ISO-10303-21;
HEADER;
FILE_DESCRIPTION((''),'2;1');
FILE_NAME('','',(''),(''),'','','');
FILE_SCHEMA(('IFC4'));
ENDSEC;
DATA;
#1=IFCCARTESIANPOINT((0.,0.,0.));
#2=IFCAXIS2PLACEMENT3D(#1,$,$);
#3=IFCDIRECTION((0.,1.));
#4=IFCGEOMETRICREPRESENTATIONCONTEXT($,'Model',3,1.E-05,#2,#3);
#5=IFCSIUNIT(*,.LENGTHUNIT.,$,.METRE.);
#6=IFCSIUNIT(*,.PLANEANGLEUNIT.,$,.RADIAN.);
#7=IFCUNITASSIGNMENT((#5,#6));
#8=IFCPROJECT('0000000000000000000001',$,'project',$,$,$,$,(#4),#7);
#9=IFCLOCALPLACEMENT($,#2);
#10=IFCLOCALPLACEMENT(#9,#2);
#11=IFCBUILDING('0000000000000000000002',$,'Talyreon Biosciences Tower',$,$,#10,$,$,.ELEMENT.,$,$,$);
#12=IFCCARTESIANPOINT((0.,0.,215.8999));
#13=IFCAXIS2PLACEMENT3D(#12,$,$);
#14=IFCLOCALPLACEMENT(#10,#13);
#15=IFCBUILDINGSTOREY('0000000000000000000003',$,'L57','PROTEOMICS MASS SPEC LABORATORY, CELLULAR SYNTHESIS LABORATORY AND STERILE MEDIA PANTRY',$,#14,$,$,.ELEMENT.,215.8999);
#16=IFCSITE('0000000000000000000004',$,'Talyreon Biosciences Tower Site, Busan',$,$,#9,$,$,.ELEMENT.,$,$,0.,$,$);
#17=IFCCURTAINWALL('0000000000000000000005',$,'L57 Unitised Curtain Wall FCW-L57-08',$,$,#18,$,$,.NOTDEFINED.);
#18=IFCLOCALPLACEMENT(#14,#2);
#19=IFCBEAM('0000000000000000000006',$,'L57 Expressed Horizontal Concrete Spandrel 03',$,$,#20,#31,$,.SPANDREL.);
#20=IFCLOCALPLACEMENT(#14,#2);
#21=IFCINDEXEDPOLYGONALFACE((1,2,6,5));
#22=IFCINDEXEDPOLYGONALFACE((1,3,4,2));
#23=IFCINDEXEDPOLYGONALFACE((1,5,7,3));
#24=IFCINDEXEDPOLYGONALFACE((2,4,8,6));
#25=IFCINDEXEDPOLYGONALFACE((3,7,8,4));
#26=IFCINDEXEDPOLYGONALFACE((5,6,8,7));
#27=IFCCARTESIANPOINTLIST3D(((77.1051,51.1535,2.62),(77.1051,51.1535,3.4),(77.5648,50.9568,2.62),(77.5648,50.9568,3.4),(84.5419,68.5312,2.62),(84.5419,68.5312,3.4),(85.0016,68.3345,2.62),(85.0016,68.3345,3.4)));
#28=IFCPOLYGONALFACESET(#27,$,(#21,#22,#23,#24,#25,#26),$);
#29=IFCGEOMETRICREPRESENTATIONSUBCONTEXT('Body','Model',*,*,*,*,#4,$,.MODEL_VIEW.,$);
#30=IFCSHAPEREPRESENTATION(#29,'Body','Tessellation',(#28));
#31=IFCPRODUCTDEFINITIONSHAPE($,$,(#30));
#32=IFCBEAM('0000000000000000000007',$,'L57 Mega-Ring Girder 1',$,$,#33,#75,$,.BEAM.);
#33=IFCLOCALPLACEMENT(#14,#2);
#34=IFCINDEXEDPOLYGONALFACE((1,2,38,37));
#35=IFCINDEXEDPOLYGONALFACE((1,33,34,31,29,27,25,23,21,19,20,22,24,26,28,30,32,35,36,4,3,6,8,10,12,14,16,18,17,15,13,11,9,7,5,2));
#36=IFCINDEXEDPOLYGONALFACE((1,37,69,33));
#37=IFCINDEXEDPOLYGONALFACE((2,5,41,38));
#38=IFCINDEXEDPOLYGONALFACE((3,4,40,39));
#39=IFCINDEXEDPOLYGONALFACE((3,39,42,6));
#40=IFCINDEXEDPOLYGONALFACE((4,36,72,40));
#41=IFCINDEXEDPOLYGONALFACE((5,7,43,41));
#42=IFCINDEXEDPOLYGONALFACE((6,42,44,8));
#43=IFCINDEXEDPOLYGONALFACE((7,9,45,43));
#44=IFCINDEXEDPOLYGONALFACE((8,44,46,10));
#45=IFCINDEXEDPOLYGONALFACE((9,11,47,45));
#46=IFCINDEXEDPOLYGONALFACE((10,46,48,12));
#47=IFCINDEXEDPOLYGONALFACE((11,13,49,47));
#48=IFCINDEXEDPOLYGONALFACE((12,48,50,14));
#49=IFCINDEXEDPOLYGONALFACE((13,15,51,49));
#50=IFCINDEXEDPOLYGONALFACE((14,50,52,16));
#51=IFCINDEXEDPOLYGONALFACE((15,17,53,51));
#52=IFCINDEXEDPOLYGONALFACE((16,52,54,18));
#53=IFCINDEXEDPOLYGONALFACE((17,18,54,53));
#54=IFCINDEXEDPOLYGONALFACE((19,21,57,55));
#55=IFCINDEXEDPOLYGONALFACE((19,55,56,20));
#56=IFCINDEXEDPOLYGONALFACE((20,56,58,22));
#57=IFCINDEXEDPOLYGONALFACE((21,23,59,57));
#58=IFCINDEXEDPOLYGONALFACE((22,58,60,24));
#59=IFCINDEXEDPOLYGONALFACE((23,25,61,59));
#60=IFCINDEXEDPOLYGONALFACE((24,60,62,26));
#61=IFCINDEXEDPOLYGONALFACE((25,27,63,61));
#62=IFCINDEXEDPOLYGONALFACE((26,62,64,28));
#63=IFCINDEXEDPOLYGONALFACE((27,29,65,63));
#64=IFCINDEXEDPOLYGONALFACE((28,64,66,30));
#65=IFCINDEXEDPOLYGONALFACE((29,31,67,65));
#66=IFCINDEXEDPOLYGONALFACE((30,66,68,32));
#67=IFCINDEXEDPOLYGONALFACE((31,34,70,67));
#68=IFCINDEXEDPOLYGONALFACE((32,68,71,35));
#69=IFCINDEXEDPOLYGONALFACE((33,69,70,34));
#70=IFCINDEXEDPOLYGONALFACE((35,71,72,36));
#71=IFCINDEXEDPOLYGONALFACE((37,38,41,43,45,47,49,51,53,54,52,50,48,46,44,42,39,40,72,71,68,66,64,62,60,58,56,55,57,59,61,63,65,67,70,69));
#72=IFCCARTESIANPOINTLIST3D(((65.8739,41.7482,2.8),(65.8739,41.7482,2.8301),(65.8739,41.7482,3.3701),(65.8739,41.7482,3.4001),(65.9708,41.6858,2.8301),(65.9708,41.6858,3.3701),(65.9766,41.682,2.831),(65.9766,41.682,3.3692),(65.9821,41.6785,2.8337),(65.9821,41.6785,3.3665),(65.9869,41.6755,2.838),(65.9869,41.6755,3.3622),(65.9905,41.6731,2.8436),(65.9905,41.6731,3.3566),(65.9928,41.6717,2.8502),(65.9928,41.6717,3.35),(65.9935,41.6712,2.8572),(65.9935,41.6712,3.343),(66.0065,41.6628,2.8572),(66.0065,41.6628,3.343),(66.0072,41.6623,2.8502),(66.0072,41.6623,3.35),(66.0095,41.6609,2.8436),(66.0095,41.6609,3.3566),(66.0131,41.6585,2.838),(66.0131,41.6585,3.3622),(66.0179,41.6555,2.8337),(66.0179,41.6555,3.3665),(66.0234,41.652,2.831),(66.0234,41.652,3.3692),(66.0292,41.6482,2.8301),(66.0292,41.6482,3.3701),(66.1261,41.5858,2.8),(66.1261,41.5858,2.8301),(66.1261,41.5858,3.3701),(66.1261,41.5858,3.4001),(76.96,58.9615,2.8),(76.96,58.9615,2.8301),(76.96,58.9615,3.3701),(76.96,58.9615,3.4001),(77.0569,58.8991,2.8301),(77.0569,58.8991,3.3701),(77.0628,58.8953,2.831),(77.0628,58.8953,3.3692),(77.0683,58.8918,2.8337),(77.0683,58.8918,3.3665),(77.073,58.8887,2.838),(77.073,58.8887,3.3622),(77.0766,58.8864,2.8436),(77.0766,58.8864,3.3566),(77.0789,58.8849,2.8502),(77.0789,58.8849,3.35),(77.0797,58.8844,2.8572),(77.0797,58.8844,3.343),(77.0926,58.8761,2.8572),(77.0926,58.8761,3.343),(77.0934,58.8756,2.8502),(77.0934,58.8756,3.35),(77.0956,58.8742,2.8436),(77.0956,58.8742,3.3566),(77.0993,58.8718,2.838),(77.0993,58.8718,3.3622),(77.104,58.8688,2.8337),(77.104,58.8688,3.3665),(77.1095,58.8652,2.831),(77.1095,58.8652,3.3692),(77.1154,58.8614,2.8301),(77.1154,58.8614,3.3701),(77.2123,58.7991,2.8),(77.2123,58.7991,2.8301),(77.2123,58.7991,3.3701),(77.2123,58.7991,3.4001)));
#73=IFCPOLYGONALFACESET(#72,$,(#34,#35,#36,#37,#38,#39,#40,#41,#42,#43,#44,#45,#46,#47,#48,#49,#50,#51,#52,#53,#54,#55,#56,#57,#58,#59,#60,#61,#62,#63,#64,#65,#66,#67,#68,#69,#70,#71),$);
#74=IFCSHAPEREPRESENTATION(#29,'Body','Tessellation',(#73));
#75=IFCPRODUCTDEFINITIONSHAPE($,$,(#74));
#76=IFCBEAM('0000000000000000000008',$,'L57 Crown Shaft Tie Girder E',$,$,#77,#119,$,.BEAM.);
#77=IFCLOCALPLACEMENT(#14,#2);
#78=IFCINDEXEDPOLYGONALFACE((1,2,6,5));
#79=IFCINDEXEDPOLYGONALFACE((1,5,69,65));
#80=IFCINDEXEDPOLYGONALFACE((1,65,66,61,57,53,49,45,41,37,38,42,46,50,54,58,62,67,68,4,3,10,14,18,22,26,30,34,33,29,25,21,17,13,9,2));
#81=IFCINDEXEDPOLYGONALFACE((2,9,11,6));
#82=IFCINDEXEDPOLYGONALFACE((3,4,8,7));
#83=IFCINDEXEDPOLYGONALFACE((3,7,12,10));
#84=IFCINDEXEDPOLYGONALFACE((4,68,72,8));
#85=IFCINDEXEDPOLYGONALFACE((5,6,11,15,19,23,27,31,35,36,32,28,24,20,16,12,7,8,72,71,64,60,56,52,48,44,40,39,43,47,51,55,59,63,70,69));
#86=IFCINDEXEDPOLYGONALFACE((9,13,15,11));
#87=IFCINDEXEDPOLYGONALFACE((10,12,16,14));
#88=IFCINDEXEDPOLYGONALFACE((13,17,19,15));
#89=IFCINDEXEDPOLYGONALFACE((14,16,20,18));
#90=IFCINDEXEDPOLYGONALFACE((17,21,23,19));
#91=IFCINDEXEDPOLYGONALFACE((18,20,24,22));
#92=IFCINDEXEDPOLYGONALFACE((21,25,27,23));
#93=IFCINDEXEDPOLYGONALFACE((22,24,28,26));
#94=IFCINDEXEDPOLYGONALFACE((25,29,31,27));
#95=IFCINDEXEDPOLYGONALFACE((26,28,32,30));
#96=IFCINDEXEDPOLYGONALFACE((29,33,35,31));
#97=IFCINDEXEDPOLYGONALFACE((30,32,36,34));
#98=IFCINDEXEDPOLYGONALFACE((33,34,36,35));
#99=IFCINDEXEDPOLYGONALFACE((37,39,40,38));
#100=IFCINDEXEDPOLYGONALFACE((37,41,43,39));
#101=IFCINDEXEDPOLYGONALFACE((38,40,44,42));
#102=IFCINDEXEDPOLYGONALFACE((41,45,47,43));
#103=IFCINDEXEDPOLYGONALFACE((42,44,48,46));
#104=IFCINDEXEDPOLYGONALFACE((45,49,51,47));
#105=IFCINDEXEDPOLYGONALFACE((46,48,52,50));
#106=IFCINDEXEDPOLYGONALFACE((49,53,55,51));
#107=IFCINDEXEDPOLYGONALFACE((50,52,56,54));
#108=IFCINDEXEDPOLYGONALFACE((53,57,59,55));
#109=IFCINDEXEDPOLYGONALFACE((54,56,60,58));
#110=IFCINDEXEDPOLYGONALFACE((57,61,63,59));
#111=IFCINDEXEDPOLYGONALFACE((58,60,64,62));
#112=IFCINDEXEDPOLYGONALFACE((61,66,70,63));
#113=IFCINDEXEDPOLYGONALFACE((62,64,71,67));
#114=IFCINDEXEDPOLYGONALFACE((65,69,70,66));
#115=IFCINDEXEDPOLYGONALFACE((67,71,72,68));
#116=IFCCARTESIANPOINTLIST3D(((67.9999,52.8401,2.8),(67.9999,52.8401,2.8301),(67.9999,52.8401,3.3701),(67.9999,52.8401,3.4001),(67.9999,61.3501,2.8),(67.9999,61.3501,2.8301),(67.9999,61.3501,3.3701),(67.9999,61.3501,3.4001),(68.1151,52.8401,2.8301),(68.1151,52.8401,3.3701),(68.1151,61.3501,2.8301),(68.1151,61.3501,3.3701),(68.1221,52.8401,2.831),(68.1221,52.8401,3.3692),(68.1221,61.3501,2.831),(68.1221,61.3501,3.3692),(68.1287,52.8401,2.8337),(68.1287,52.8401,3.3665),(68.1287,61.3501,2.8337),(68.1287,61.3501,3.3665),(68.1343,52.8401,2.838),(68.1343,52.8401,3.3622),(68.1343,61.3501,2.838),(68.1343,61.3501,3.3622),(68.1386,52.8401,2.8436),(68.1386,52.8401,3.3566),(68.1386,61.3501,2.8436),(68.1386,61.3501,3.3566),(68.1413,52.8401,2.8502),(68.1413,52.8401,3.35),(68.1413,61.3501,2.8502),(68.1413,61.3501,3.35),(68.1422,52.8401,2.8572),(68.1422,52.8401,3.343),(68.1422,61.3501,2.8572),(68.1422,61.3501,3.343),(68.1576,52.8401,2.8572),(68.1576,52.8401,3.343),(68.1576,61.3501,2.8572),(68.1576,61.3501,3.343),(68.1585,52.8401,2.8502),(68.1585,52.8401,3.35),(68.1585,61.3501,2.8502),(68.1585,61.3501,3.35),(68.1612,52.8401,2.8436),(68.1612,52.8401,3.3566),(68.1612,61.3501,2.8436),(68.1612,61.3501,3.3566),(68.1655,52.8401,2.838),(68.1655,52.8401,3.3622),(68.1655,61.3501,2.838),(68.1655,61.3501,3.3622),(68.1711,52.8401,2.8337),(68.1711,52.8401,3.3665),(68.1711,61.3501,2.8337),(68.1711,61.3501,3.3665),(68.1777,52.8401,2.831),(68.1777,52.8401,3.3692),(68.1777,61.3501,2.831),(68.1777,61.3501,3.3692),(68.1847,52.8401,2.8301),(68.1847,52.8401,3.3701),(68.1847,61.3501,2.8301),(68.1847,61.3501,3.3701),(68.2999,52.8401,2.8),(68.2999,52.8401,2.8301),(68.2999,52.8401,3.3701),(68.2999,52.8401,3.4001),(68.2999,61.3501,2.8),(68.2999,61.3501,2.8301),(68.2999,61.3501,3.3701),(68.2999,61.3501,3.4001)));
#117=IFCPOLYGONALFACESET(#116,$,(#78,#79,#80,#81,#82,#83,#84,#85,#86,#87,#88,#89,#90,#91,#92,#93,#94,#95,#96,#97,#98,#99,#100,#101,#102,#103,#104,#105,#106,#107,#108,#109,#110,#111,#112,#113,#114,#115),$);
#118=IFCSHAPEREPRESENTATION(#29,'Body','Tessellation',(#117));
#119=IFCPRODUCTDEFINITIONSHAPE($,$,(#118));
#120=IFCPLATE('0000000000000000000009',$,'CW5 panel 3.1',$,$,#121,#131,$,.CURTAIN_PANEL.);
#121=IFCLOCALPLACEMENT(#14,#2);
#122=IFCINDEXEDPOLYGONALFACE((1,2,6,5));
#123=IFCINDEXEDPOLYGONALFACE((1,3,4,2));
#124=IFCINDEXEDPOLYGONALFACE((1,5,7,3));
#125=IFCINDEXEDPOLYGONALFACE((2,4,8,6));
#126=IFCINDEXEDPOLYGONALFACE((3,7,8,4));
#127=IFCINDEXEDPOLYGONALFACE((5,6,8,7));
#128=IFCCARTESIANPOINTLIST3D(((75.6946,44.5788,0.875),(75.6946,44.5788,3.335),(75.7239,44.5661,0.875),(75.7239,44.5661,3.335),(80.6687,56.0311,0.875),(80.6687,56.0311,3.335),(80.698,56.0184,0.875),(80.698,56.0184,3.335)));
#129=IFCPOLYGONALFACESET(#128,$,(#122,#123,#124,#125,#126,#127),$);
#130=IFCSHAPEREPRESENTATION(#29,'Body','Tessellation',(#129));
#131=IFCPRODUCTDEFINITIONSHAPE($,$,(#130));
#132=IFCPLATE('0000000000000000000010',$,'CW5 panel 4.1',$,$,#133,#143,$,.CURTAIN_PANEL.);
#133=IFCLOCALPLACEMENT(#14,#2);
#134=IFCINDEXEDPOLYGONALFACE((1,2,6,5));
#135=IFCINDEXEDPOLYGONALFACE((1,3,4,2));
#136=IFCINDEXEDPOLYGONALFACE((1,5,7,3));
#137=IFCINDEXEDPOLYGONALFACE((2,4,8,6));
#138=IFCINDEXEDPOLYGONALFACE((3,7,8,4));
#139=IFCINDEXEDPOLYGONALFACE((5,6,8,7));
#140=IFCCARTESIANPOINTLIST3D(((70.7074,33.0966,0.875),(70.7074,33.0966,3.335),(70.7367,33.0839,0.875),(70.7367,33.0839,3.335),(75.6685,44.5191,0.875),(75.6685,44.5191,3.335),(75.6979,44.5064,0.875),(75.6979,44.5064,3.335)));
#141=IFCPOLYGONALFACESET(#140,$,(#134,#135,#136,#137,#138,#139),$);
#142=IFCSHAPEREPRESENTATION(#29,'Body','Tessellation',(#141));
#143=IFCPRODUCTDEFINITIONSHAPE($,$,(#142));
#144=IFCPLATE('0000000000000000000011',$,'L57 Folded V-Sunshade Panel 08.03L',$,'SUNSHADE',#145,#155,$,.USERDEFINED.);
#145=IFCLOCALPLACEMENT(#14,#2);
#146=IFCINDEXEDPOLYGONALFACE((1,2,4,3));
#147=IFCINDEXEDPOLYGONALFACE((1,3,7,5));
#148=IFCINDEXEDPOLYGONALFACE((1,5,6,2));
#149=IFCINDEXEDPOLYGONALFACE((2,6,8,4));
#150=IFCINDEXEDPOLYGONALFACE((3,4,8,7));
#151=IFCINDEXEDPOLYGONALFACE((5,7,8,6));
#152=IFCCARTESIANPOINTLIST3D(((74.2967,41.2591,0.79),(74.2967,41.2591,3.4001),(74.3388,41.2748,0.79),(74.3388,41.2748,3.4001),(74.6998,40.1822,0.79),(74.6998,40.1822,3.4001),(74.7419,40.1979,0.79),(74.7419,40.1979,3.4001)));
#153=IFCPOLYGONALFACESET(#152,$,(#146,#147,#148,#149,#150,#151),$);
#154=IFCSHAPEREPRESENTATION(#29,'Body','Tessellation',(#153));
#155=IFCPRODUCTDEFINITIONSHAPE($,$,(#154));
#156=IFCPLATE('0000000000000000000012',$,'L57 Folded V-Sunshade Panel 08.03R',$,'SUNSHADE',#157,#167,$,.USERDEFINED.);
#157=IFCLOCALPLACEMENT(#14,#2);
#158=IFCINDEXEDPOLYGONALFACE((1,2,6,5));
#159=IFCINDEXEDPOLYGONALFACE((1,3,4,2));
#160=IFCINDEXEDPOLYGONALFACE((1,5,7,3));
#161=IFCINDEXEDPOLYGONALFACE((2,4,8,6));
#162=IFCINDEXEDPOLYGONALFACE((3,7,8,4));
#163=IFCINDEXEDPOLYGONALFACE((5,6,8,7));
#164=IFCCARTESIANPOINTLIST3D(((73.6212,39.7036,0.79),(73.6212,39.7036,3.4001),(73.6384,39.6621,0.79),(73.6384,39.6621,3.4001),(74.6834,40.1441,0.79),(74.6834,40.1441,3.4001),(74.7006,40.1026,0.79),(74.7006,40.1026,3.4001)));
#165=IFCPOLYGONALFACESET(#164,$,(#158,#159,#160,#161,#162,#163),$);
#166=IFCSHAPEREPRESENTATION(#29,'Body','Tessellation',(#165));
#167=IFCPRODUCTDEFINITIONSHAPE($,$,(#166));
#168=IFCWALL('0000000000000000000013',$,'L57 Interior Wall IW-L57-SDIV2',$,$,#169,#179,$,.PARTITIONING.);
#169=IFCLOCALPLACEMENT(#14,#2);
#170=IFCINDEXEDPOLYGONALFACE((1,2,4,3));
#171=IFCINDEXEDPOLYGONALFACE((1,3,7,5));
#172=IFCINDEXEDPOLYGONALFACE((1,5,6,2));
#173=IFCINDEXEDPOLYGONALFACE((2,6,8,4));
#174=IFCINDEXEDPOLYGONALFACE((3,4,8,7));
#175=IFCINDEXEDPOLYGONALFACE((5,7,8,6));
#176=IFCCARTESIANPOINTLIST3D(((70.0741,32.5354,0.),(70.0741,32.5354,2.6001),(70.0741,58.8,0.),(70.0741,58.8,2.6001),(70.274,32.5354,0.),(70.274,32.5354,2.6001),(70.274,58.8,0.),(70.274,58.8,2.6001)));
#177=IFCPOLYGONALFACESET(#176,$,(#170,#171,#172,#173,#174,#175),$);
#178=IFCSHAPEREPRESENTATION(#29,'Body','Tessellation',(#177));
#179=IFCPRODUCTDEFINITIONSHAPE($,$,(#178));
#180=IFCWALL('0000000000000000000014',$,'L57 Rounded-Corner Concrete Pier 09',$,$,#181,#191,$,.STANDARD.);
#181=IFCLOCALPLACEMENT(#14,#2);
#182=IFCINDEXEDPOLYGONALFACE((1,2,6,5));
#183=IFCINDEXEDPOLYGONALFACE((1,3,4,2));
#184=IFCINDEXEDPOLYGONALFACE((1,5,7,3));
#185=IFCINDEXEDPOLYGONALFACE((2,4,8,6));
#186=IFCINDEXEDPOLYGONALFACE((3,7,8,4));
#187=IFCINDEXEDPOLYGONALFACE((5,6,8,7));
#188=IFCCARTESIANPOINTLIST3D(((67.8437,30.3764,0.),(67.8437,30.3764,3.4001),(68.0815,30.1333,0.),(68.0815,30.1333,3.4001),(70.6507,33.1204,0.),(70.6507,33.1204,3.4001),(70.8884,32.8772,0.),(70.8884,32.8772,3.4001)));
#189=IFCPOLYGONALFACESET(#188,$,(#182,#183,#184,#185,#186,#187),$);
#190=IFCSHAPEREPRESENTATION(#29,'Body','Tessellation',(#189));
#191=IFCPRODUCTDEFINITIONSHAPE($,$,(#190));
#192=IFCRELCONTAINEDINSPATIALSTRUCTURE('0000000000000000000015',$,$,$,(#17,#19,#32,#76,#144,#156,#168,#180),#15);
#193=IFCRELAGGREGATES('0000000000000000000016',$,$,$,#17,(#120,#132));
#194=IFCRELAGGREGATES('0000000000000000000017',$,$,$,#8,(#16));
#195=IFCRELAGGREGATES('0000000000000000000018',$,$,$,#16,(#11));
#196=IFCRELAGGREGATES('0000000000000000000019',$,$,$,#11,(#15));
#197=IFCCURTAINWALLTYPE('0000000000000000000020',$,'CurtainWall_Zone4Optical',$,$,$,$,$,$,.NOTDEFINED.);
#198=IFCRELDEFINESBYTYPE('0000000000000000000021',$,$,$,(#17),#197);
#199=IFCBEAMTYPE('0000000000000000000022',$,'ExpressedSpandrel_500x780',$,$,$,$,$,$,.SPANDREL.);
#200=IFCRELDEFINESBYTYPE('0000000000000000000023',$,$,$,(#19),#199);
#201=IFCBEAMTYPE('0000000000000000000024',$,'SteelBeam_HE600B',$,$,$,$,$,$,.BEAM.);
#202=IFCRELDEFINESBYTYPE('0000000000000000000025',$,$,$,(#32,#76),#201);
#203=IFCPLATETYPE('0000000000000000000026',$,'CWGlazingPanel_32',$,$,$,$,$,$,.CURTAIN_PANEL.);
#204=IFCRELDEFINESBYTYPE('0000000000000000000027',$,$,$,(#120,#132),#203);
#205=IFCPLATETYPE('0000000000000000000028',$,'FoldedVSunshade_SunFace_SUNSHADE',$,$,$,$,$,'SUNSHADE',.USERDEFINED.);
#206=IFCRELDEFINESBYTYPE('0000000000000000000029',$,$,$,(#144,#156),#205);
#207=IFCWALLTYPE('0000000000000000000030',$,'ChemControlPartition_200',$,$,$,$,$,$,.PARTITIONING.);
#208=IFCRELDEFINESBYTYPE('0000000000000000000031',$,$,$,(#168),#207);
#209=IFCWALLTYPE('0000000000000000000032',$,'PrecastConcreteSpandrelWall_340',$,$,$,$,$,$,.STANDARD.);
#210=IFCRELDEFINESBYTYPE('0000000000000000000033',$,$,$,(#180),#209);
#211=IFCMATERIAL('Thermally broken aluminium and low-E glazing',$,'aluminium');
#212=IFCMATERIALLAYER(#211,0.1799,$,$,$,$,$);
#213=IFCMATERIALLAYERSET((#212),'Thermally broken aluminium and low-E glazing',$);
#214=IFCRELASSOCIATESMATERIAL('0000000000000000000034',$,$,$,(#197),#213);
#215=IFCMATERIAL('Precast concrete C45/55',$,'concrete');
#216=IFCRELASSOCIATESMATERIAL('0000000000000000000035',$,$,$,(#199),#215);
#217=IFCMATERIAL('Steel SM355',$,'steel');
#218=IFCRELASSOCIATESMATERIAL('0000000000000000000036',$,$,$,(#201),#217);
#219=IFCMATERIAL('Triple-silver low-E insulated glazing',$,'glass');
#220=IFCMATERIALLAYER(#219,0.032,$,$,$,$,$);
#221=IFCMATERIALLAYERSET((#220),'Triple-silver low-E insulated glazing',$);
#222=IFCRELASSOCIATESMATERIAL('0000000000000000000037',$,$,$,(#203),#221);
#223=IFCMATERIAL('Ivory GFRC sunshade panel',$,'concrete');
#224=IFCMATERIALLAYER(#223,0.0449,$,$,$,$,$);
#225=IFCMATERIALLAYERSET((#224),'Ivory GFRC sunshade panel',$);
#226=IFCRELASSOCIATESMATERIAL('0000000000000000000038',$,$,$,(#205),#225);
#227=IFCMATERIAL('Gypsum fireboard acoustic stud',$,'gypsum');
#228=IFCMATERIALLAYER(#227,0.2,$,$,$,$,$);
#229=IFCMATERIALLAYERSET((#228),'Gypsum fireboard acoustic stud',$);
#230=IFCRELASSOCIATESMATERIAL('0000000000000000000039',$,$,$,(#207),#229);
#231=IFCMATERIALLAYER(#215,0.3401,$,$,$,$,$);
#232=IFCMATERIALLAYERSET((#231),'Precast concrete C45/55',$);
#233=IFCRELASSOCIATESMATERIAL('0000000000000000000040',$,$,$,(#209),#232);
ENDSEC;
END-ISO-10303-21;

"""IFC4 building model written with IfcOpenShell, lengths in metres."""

from ifc_helpers import new_model, si_unit, direction, frame, frame_2d, origin, origin_2d, place, context, subcontext, project, spatial, rectangle, i_section, extrude, material, layer, layer_set, material_profile, profile_set, type_object, element, aggregate, save


model = new_model("IFC4")

# Units and contexts
model_context = context("Model", 3, precision=1e-05, world=origin(), true_north=direction((0.0, 1.0)))
body_context = subcontext(model_context, "Body", "Model", "MODEL_VIEW")
ifc_project = project(units=[si_unit("LENGTHUNIT", "METRE"), si_unit("PLANEANGLEUNIT", "RADIAN")], contexts=[model_context])

# Site, building, storey
site_placement = place(None, origin())
site = spatial("IfcSite", under=ifc_project, at=site_placement, Name="Talyreon Biosciences Tower Site, Busan", CompositionType="ELEMENT", RefElevation=0.0)
building_placement = place(site_placement, origin())
building = spatial("IfcBuilding", under=site, at=building_placement, Name="Talyreon Biosciences Tower", CompositionType="ELEMENT")
storey_placement = place(building_placement, frame((0.0, 0.0, 215.8999)))
storey = spatial("IfcBuildingStorey", under=building, at=storey_placement, Name="L57", Description="PROTEOMICS MASS SPEC LABORATORY, CELLULAR SYNTHESIS LABORATORY AND STERILE MEDIA PANTRY", CompositionType="ELEMENT", Elevation=215.8999)

# Shared definitions
ifc_material_1 = material(Name="Precast concrete C45/55", Category="concrete")

# Curtain wall
ifc_material_2 = material(Name="Thermally broken aluminium and low-E glazing", Category="aluminium")
ifc_layer_1 = layer(ifc_material_2, 0.1799)
ifc_layer_set_1 = layer_set([ifc_layer_1], Name="Thermally broken aluminium and low-E glazing")
curtain_wall_type = type_object("IfcCurtainWallType", Name="CurtainWall_Zone4Optical", PredefinedType="NOTDEFINED", material=ifc_layer_set_1)
curtain_wall_placement = place(storey_placement, origin())
curtain_wall = element("IfcCurtainWall", 1, at=curtain_wall_placement, inside=storey, type_object=curtain_wall_type, Name="L57 Unitised Curtain Wall FCW-L57-08", PredefinedType="NOTDEFINED")

# Beams
ifc_material_profile_1 = material_profile(ifc_material_1, rectangle(XDim=0.5, YDim=0.78, at=origin_2d()), Name="RCB 500x780")
ifc_profile_set_1 = profile_set([ifc_material_profile_1], Name="Precast concrete C45/55")
beam_type_1 = type_object("IfcBeamType", Name="ExpressedSpandrel_500x780", PredefinedType="SPANDREL", material=ifc_profile_set_1)
beam_1_placement = place(storey_placement, frame((77.335, 51.0552, 3.01), z_axis=(0.393436, 0.919352, 0.0), x_axis=(-0.919352, 0.393436, 0.0)))
element("IfcBeam", 2, at=beam_1_placement, inside=storey, type_object=beam_type_1, Name="L57 Expressed Horizontal Concrete Spandrel 03", PredefinedType="SPANDREL", context=body_context, shape_type="SweptSolid", body=[
    extrude(rectangle(XDim=0.5, YDim=0.78, at=origin_2d()), origin(), (0.0, 0.0, 1.0), 18.9021),
])
ifc_material_3 = material(Name="Steel SM355", Category="steel")
ifc_material_profile_2 = material_profile(ifc_material_3, i_section(OverallWidth=0.3, OverallDepth=0.6001, WebThickness=0.0154, FlangeThickness=0.03, FilletRadius=0.0271, at=origin_2d()), Name="HE600B")
ifc_profile_set_2 = profile_set([ifc_material_profile_2], Name="Steel SM355")
beam_type_2 = type_object("IfcBeamType", Name="SteelBeam_HE600B", PredefinedType="BEAM", material=ifc_profile_set_2)
beam_2_placement = place(storey_placement, frame((66.0, 41.667, 3.1001), z_axis=(0.541464, 0.840724, 0.0), x_axis=(-0.840724, 0.541464, 0.0)))
element("IfcBeam", 3, at=beam_2_placement, inside=storey, type_object=beam_type_2, Name="L57 Mega-Ring Girder 1", PredefinedType="BEAM", context=body_context, shape_type="SweptSolid", body=[
    extrude(i_section(OverallWidth=0.3, OverallDepth=0.6001, WebThickness=0.0154, FlangeThickness=0.03, FilletRadius=0.0271, at=origin_2d()), origin(), (0.0, 0.0, 1.0), 20.4744),
])
beam_3_placement = place(storey_placement, frame((68.1499, 52.8401, 3.1001), z_axis=(0.0, 1.0, 0.0), x_axis=(-1.0, 0.0, 0.0)))
element("IfcBeam", 4, at=beam_3_placement, inside=storey, type_object=beam_type_2, Name="L57 Crown Shaft Tie Girder E", PredefinedType="BEAM", context=body_context, shape_type="SweptSolid", body=[
    extrude(i_section(OverallWidth=0.3, OverallDepth=0.6001, WebThickness=0.0154, FlangeThickness=0.03, FilletRadius=0.0271, at=origin_2d()), origin(), (0.0, 0.0, 1.0), 8.51),
])

# Plates
ifc_material_4 = material(Name="Triple-silver low-E insulated glazing", Category="glass")
ifc_layer_2 = layer(ifc_material_4, 0.032)
ifc_layer_set_2 = layer_set([ifc_layer_2], Name="Triple-silver low-E insulated glazing")
plate_type_1 = type_object("IfcPlateType", Name="CWGlazingPanel_32", PredefinedType="CURTAIN_PANEL", material=ifc_layer_set_2)
plate_1_placement = place(storey_placement, frame((78.1963, 50.2986, 0.875), z_axis=(0.0, 0.0, 1.0), x_axis=(-0.398376, -0.917222, 0.0)))
plate_1 = element("IfcPlate", 5, at=plate_1_placement, type_object=plate_type_1, Name="CW5 panel 3.1", PredefinedType="CURTAIN_PANEL", context=body_context, shape_type="SweptSolid", body=[
    extrude(rectangle(XDim=12.4858, YDim=0.032, at=origin_2d()), origin(), (0.0, 0.0, 1.0), 2.46),
])
plate_2_placement = place(storey_placement, frame((73.2026, 38.8015, 0.875), z_axis=(0.0, 0.0, 1.0), x_axis=(-0.398376, -0.917222, 0.0)))
plate_2 = element("IfcPlate", 6, at=plate_2_placement, type_object=plate_type_1, Name="CW5 panel 4.1", PredefinedType="CURTAIN_PANEL", context=body_context, shape_type="SweptSolid", body=[
    extrude(rectangle(XDim=12.4534, YDim=0.032, at=origin_2d()), origin(), (0.0, 0.0, 1.0), 2.46),
])
aggregate(curtain_wall, [plate_1, plate_2])

# Plates
ifc_material_5 = material(Name="Ivory GFRC sunshade panel", Category="concrete")
ifc_layer_3 = layer(ifc_material_5, 0.0449)
ifc_layer_set_3 = layer_set([ifc_layer_3], Name="Ivory GFRC sunshade panel")
plate_type_2 = type_object("IfcPlateType", Name="FoldedVSunshade_SunFace_SUNSHADE", ElementType="SUNSHADE", PredefinedType="USERDEFINED", material=ifc_layer_set_3)
for number, where, z_axis, x_axis, name in (
    (7, (74.5193, 40.7285, 0.79), (0.0, 0.0, 1.0), (0.350583, -0.936532, 0.0), "L57 Folded V-Sunshade Panel 08.03L"),
    (8, (74.1609, 39.9031, 0.79), (0.0, 0.0, 1.0), (-0.923726, -0.383054, 0.0), "L57 Folded V-Sunshade Panel 08.03R"),
):
    element("IfcPlate", number, at=place(storey_placement, frame(where, z_axis=z_axis, x_axis=x_axis)), inside=storey, type_object=plate_type_2, Name=name, ObjectType="SUNSHADE", PredefinedType="USERDEFINED", context=body_context, shape_type="SweptSolid", body=[
        extrude(rectangle(XDim=1.1499, YDim=0.0449, at=origin_2d()), origin(), (0.0, 0.0, 1.0), 2.6101),
    ])

# Walls
ifc_material_6 = material(Name="Gypsum fireboard acoustic stud", Category="gypsum")
ifc_layer_4 = layer(ifc_material_6, 0.2)
ifc_layer_set_4 = layer_set([ifc_layer_4], Name="Gypsum fireboard acoustic stud")
wall_type_1 = type_object("IfcWallType", Name="ChemControlPartition_200", PredefinedType="PARTITIONING", material=ifc_layer_set_4)
wall_placement = place(storey_placement, frame((70.1741, 32.5354, 0.0), z_axis=(0.0, 0.0, 1.0), x_axis=(0.0, 1.0, 0.0)))
element("IfcWall", 9, at=wall_placement, inside=storey, type_object=wall_type_1, Name="L57 Interior Wall IW-L57-SDIV2", PredefinedType="PARTITIONING", context=body_context, shape_type="SweptSolid", body=[
    extrude(rectangle(XDim=26.2646, YDim=0.2, at=frame_2d((13.1323, 0.0))), origin(), (0.0, 0.0, 1.0), 2.6001),
])
ifc_layer_5 = layer(ifc_material_1, 0.3401)
ifc_layer_set_5 = layer_set([ifc_layer_5], Name="Precast concrete C45/55")
wall_type_2 = type_object("IfcWallType", Name="PrecastConcreteSpandrelWall_340", PredefinedType="STANDARD", material=ifc_layer_set_5)
for number, where, z_axis, x_axis, name in (
    (10, (70.7695, 32.9988, 0.0), (0.0, 0.0, 1.0), (-0.715085, -0.699038, 0.0), "L57 Rounded-Corner Concrete Pier 09"),
):
    element("IfcWall", number, at=place(storey_placement, frame(where, z_axis=z_axis, x_axis=x_axis)), inside=storey, type_object=wall_type_2, Name=name, PredefinedType="STANDARD", context=body_context, shape_type="SweptSolid", body=[
        extrude(rectangle(XDim=3.9253, YDim=0.3401, at=frame_2d((1.9626, 0.0))), origin(), (0.0, 0.0, 1.0), 3.4001),
    ])

save(model, "model.ifc")
